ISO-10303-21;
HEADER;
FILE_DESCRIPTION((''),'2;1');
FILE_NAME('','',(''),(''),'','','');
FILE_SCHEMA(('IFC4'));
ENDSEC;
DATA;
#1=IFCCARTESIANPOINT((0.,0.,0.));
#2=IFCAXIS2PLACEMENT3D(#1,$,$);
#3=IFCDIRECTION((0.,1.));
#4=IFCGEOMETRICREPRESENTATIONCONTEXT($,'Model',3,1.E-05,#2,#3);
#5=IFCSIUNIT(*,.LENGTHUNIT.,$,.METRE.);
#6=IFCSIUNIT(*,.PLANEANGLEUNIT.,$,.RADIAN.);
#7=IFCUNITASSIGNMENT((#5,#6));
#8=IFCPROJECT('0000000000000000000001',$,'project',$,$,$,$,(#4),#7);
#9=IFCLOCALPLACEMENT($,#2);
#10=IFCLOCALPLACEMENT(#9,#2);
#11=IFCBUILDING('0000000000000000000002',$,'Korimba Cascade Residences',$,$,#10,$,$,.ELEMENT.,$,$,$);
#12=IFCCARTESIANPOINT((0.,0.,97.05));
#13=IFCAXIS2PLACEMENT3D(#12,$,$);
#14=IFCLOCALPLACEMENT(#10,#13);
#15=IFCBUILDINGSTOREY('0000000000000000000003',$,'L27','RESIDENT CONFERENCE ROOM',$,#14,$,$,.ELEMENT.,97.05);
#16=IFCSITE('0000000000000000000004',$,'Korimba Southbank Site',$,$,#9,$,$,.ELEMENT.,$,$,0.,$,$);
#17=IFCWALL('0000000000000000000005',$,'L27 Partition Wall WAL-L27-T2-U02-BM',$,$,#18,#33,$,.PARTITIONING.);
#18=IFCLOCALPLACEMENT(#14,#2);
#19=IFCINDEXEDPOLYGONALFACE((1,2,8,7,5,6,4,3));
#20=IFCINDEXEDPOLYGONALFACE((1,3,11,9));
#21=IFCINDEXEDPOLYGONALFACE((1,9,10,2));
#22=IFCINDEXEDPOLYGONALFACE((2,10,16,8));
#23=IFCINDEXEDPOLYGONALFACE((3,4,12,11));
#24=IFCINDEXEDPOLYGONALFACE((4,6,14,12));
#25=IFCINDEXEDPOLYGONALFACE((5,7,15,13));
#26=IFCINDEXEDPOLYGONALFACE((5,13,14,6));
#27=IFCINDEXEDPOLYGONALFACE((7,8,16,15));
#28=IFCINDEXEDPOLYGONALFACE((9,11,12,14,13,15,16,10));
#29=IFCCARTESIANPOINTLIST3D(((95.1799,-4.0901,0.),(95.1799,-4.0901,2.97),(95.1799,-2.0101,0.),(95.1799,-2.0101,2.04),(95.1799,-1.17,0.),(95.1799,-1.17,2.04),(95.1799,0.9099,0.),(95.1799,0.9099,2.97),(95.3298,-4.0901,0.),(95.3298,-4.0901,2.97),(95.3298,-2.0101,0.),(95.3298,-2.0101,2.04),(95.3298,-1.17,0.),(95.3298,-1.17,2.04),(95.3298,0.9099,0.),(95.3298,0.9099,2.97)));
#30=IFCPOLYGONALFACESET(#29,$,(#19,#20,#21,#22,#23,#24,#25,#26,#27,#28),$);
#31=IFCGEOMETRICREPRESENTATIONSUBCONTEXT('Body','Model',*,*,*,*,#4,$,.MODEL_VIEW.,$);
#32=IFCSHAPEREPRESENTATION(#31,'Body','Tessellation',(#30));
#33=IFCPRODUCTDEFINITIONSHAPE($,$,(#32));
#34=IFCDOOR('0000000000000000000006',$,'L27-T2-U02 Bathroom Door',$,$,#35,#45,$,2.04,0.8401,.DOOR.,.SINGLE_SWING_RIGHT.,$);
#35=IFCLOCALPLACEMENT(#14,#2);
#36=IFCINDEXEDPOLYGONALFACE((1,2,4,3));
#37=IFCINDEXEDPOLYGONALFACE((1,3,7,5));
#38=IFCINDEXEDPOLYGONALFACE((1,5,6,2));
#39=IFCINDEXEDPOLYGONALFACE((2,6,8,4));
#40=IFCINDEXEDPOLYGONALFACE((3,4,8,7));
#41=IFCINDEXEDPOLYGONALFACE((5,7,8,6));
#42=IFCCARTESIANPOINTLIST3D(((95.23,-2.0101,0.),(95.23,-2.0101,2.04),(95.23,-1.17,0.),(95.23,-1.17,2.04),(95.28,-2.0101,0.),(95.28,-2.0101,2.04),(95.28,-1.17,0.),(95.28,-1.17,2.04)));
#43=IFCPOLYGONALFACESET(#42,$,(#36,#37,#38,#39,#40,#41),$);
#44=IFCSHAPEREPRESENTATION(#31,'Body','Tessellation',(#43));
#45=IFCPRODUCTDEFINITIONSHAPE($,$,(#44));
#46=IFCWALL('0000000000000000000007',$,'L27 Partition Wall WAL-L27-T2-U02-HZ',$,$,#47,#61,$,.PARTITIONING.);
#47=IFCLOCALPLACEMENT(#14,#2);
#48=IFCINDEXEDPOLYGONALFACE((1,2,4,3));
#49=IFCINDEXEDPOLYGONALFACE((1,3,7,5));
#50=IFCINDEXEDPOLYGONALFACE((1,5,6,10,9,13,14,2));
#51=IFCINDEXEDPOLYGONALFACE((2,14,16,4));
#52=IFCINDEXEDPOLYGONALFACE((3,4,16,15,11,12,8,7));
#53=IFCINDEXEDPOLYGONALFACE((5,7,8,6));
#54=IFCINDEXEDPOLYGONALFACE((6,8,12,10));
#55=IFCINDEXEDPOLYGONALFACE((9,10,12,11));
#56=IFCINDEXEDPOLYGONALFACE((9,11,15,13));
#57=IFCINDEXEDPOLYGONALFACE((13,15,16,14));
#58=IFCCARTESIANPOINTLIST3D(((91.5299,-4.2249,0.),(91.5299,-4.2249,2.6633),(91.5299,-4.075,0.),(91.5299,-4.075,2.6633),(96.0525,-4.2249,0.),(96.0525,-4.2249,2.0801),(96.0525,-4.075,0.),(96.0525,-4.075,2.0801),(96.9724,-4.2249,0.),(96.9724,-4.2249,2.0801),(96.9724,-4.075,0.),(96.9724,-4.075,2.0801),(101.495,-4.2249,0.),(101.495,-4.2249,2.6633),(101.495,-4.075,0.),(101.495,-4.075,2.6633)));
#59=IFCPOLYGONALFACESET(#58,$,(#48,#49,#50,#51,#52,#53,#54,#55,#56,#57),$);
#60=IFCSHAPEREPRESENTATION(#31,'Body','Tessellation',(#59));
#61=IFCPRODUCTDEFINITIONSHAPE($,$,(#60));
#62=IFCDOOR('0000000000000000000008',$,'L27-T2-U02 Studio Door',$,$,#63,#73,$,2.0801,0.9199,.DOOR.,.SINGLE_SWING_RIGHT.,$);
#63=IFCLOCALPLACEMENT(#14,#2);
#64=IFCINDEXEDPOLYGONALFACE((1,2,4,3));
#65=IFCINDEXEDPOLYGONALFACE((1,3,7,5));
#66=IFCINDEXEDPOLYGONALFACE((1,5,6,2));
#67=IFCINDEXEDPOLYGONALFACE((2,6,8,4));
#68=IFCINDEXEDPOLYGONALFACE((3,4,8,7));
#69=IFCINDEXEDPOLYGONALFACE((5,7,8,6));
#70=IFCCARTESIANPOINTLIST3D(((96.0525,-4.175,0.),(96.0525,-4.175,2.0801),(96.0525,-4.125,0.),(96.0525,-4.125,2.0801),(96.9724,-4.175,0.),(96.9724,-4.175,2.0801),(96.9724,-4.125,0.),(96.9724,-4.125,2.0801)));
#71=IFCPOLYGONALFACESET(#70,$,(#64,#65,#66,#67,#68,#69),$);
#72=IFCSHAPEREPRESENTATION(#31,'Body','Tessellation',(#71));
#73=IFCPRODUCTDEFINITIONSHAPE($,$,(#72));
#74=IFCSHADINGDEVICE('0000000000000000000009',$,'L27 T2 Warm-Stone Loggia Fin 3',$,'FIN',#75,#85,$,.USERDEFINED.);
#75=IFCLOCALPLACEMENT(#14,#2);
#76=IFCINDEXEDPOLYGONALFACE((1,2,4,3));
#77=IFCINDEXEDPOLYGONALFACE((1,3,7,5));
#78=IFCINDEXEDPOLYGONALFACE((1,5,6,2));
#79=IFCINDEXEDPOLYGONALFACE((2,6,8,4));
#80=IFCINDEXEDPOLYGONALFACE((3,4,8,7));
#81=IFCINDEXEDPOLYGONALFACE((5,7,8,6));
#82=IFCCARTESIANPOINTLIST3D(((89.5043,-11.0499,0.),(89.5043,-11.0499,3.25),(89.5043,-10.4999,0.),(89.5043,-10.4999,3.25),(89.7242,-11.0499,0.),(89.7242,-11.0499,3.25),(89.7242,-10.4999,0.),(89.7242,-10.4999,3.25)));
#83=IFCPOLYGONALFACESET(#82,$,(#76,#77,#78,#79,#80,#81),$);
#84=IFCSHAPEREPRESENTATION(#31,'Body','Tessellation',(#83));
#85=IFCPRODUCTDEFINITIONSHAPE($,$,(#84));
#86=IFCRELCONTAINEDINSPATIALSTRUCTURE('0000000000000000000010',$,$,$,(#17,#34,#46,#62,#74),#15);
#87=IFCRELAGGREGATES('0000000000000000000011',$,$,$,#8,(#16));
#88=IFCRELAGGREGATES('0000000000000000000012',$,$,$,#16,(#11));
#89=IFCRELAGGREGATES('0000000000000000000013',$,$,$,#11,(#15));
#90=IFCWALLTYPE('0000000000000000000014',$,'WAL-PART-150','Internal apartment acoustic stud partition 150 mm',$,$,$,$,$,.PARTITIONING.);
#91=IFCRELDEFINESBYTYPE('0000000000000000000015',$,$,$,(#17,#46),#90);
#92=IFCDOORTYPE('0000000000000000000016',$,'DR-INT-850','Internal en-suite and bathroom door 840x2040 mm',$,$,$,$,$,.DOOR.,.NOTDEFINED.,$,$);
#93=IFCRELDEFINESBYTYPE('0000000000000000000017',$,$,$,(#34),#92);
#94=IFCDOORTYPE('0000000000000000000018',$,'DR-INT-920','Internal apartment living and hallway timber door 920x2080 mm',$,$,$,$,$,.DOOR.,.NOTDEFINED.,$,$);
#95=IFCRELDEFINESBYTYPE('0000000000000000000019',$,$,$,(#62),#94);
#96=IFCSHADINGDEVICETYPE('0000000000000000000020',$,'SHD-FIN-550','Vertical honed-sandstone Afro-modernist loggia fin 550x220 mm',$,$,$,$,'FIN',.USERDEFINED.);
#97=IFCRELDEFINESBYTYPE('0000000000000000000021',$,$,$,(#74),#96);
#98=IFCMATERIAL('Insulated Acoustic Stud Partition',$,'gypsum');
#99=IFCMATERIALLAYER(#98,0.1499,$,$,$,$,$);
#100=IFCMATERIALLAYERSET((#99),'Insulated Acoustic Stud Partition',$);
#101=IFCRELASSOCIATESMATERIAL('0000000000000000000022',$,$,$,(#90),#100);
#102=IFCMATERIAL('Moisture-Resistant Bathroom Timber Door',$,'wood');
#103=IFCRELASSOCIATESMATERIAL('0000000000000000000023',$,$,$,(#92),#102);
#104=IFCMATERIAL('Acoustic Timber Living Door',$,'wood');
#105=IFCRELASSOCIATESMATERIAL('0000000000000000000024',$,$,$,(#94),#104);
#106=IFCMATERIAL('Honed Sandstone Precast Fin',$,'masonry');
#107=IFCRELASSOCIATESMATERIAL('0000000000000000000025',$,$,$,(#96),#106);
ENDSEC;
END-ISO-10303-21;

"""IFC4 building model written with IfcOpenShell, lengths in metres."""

from ifc_helpers import new_model, si_unit, direction, frame, frame_2d, origin, origin_2d, place, context, subcontext, project, spatial, rectangle, extrude, material, layer, layer_set, type_object, element, fill, save


model = new_model("IFC4")

# Units and contexts
model_context = context("Model", 3, precision=1e-05, world=origin(), true_north=direction((0.0, 1.0)))
body_context = subcontext(model_context, "Body", "Model", "MODEL_VIEW")
ifc_project = project(units=[si_unit("LENGTHUNIT", "METRE"), si_unit("PLANEANGLEUNIT", "RADIAN")], contexts=[model_context])

# Site, building, storey
site_placement = place(None, origin())
site = spatial("IfcSite", under=ifc_project, at=site_placement, Name="Korimba Southbank Site", CompositionType="ELEMENT", RefElevation=0.0)
building_placement = place(site_placement, origin())
building = spatial("IfcBuilding", under=site, at=building_placement, Name="Korimba Cascade Residences", CompositionType="ELEMENT")
storey_placement = place(building_placement, frame((0.0, 0.0, 97.05)))
storey = spatial("IfcBuildingStorey", under=building, at=storey_placement, Name="L27", Description="RESIDENT CONFERENCE ROOM", CompositionType="ELEMENT", Elevation=97.05)

# Shared definitions
ifc_material_1 = material(Name="Insulated Acoustic Stud Partition", Category="gypsum")
ifc_layer_1 = layer(ifc_material_1, 0.1499)
ifc_layer_set_1 = layer_set([ifc_layer_1], Name="Insulated Acoustic Stud Partition")
wall_type_1 = type_object("IfcWallType", Name="WAL-PART-150", Description="Internal apartment acoustic stud partition 150 mm", PredefinedType="PARTITIONING", material=ifc_layer_set_1)
ifc_material_2 = material(Name="Moisture-Resistant Bathroom Timber Door", Category="wood")
door_type_1 = type_object("IfcDoorType", Name="DR-INT-850", Description="Internal en-suite and bathroom door 840x2040 mm", OperationType="NOTDEFINED", PredefinedType="DOOR", material=ifc_material_2)

# Walls, openings, doors
wall_1_placement = place(storey_placement, frame((95.2549, -4.0901, 0.0), z_axis=(0.0, 0.0, 1.0), x_axis=(0.0, 1.0, 0.0)))
wall_1 = element("IfcWall", 1, at=wall_1_placement, inside=storey, type_object=wall_type_1, Name="L27 Partition Wall WAL-L27-T2-U02-BM", PredefinedType="PARTITIONING", context=body_context, shape_type="SweptSolid", body=[
    extrude(rectangle(XDim=5.0, YDim=0.1499, at=frame_2d((2.5, 0.0))), origin(), (0.0, 0.0, 1.0), 2.97),
])
opening_1_placement = place(wall_1_placement, frame((2.0801, 0.0, 0.0)))
opening_1 = element("IfcOpeningElement", 2, at=opening_1_placement, cuts=wall_1, PredefinedType="OPENING", context=body_context, shape_type="SweptSolid", body=[
    extrude(rectangle(XDim=0.8401, YDim=2.04, at=frame_2d((0.4199, 1.02))), frame((0.0, 0.085, 0.0), z_axis=(0.0, -1.0, 0.0), x_axis=(1.0, 0.0, 0.0)), (0.0, 0.0, 1.0), 0.1699),
])
door_1_placement = place(opening_1_placement, origin())
door_1 = element("IfcDoor", 3, at=door_1_placement, inside=storey, type_object=door_type_1, Name="L27-T2-U02 Bathroom Door", OperationType="SINGLE_SWING_RIGHT", OverallHeight=2.04, OverallWidth=0.8401, PredefinedType="DOOR", context=body_context, shape_type="SweptSolid", body=[
    extrude(rectangle(XDim=0.8401, YDim=2.04, at=frame_2d((0.4199, 1.02))), frame((0.0, 0.0249, 0.0), z_axis=(0.0, -1.0, 0.0), x_axis=(1.0, 0.0, 0.0)), (0.0, 0.0, 1.0), 0.05),
])
fill(opening_1, door_1)
wall_2_placement = place(storey_placement, frame((91.53, -4.1499, 0.0), z_axis=(0.0, 0.0, 1.0), x_axis=(1.0, 0.0, 0.0)))
wall_2 = element("IfcWall", 4, at=wall_2_placement, inside=storey, type_object=wall_type_1, Name="L27 Partition Wall WAL-L27-T2-U02-HZ", PredefinedType="PARTITIONING", context=body_context, shape_type="SweptSolid", body=[
    extrude(rectangle(XDim=9.9651, YDim=0.1499, at=frame_2d((4.9824, 0.0))), origin(), (0.0, 0.0, 1.0), 2.6633),
])
opening_2_placement = place(wall_2_placement, frame((4.5225, 0.0, 0.0)))
opening_2 = element("IfcOpeningElement", 5, at=opening_2_placement, cuts=wall_2, PredefinedType="OPENING", context=body_context, shape_type="SweptSolid", body=[
    extrude(rectangle(XDim=0.9199, YDim=2.0801, at=frame_2d((0.46, 1.04))), frame((0.0, 0.085, 0.0), z_axis=(0.0, -1.0, 0.0), x_axis=(1.0, 0.0, 0.0)), (0.0, 0.0, 1.0), 0.1699),
])
ifc_material_3 = material(Name="Acoustic Timber Living Door", Category="wood")
door_type_2 = type_object("IfcDoorType", Name="DR-INT-920", Description="Internal apartment living and hallway timber door 920x2080 mm", OperationType="NOTDEFINED", PredefinedType="DOOR", material=ifc_material_3)
door_2_placement = place(opening_2_placement, origin())
door_2 = element("IfcDoor", 6, at=door_2_placement, inside=storey, type_object=door_type_2, Name="L27-T2-U02 Studio Door", OperationType="SINGLE_SWING_RIGHT", OverallHeight=2.0801, OverallWidth=0.9199, PredefinedType="DOOR", context=body_context, shape_type="SweptSolid", body=[
    extrude(rectangle(XDim=0.9199, YDim=2.0801, at=frame_2d((0.46, 1.04))), frame((0.0, 0.0249, 0.0), z_axis=(0.0, -1.0, 0.0), x_axis=(1.0, 0.0, 0.0)), (0.0, 0.0, 1.0), 0.05),
])
fill(opening_2, door_2)

# Shading device
ifc_material_4 = material(Name="Honed Sandstone Precast Fin", Category="masonry")
shading_device_type = type_object("IfcShadingDeviceType", Name="SHD-FIN-550", Description="Vertical honed-sandstone Afro-modernist loggia fin 550x220 mm", ElementType="FIN", PredefinedType="USERDEFINED", material=ifc_material_4)
shading_device_placement = place(storey_placement, frame((89.6143, -10.7749, 0.0), z_axis=(0.0, 0.0, 1.0), x_axis=(1.0, 0.0, 0.0)))
element("IfcShadingDevice", 7, at=shading_device_placement, inside=storey, type_object=shading_device_type, Name="L27 T2 Warm-Stone Loggia Fin 3", ObjectType="FIN", PredefinedType="USERDEFINED", context=body_context, shape_type="SweptSolid", body=[
    extrude(rectangle(XDim=0.22, YDim=0.55, at=origin_2d()), origin(), (0.0, 0.0, 1.0), 3.25),
])

save(model, "model.ifc")
